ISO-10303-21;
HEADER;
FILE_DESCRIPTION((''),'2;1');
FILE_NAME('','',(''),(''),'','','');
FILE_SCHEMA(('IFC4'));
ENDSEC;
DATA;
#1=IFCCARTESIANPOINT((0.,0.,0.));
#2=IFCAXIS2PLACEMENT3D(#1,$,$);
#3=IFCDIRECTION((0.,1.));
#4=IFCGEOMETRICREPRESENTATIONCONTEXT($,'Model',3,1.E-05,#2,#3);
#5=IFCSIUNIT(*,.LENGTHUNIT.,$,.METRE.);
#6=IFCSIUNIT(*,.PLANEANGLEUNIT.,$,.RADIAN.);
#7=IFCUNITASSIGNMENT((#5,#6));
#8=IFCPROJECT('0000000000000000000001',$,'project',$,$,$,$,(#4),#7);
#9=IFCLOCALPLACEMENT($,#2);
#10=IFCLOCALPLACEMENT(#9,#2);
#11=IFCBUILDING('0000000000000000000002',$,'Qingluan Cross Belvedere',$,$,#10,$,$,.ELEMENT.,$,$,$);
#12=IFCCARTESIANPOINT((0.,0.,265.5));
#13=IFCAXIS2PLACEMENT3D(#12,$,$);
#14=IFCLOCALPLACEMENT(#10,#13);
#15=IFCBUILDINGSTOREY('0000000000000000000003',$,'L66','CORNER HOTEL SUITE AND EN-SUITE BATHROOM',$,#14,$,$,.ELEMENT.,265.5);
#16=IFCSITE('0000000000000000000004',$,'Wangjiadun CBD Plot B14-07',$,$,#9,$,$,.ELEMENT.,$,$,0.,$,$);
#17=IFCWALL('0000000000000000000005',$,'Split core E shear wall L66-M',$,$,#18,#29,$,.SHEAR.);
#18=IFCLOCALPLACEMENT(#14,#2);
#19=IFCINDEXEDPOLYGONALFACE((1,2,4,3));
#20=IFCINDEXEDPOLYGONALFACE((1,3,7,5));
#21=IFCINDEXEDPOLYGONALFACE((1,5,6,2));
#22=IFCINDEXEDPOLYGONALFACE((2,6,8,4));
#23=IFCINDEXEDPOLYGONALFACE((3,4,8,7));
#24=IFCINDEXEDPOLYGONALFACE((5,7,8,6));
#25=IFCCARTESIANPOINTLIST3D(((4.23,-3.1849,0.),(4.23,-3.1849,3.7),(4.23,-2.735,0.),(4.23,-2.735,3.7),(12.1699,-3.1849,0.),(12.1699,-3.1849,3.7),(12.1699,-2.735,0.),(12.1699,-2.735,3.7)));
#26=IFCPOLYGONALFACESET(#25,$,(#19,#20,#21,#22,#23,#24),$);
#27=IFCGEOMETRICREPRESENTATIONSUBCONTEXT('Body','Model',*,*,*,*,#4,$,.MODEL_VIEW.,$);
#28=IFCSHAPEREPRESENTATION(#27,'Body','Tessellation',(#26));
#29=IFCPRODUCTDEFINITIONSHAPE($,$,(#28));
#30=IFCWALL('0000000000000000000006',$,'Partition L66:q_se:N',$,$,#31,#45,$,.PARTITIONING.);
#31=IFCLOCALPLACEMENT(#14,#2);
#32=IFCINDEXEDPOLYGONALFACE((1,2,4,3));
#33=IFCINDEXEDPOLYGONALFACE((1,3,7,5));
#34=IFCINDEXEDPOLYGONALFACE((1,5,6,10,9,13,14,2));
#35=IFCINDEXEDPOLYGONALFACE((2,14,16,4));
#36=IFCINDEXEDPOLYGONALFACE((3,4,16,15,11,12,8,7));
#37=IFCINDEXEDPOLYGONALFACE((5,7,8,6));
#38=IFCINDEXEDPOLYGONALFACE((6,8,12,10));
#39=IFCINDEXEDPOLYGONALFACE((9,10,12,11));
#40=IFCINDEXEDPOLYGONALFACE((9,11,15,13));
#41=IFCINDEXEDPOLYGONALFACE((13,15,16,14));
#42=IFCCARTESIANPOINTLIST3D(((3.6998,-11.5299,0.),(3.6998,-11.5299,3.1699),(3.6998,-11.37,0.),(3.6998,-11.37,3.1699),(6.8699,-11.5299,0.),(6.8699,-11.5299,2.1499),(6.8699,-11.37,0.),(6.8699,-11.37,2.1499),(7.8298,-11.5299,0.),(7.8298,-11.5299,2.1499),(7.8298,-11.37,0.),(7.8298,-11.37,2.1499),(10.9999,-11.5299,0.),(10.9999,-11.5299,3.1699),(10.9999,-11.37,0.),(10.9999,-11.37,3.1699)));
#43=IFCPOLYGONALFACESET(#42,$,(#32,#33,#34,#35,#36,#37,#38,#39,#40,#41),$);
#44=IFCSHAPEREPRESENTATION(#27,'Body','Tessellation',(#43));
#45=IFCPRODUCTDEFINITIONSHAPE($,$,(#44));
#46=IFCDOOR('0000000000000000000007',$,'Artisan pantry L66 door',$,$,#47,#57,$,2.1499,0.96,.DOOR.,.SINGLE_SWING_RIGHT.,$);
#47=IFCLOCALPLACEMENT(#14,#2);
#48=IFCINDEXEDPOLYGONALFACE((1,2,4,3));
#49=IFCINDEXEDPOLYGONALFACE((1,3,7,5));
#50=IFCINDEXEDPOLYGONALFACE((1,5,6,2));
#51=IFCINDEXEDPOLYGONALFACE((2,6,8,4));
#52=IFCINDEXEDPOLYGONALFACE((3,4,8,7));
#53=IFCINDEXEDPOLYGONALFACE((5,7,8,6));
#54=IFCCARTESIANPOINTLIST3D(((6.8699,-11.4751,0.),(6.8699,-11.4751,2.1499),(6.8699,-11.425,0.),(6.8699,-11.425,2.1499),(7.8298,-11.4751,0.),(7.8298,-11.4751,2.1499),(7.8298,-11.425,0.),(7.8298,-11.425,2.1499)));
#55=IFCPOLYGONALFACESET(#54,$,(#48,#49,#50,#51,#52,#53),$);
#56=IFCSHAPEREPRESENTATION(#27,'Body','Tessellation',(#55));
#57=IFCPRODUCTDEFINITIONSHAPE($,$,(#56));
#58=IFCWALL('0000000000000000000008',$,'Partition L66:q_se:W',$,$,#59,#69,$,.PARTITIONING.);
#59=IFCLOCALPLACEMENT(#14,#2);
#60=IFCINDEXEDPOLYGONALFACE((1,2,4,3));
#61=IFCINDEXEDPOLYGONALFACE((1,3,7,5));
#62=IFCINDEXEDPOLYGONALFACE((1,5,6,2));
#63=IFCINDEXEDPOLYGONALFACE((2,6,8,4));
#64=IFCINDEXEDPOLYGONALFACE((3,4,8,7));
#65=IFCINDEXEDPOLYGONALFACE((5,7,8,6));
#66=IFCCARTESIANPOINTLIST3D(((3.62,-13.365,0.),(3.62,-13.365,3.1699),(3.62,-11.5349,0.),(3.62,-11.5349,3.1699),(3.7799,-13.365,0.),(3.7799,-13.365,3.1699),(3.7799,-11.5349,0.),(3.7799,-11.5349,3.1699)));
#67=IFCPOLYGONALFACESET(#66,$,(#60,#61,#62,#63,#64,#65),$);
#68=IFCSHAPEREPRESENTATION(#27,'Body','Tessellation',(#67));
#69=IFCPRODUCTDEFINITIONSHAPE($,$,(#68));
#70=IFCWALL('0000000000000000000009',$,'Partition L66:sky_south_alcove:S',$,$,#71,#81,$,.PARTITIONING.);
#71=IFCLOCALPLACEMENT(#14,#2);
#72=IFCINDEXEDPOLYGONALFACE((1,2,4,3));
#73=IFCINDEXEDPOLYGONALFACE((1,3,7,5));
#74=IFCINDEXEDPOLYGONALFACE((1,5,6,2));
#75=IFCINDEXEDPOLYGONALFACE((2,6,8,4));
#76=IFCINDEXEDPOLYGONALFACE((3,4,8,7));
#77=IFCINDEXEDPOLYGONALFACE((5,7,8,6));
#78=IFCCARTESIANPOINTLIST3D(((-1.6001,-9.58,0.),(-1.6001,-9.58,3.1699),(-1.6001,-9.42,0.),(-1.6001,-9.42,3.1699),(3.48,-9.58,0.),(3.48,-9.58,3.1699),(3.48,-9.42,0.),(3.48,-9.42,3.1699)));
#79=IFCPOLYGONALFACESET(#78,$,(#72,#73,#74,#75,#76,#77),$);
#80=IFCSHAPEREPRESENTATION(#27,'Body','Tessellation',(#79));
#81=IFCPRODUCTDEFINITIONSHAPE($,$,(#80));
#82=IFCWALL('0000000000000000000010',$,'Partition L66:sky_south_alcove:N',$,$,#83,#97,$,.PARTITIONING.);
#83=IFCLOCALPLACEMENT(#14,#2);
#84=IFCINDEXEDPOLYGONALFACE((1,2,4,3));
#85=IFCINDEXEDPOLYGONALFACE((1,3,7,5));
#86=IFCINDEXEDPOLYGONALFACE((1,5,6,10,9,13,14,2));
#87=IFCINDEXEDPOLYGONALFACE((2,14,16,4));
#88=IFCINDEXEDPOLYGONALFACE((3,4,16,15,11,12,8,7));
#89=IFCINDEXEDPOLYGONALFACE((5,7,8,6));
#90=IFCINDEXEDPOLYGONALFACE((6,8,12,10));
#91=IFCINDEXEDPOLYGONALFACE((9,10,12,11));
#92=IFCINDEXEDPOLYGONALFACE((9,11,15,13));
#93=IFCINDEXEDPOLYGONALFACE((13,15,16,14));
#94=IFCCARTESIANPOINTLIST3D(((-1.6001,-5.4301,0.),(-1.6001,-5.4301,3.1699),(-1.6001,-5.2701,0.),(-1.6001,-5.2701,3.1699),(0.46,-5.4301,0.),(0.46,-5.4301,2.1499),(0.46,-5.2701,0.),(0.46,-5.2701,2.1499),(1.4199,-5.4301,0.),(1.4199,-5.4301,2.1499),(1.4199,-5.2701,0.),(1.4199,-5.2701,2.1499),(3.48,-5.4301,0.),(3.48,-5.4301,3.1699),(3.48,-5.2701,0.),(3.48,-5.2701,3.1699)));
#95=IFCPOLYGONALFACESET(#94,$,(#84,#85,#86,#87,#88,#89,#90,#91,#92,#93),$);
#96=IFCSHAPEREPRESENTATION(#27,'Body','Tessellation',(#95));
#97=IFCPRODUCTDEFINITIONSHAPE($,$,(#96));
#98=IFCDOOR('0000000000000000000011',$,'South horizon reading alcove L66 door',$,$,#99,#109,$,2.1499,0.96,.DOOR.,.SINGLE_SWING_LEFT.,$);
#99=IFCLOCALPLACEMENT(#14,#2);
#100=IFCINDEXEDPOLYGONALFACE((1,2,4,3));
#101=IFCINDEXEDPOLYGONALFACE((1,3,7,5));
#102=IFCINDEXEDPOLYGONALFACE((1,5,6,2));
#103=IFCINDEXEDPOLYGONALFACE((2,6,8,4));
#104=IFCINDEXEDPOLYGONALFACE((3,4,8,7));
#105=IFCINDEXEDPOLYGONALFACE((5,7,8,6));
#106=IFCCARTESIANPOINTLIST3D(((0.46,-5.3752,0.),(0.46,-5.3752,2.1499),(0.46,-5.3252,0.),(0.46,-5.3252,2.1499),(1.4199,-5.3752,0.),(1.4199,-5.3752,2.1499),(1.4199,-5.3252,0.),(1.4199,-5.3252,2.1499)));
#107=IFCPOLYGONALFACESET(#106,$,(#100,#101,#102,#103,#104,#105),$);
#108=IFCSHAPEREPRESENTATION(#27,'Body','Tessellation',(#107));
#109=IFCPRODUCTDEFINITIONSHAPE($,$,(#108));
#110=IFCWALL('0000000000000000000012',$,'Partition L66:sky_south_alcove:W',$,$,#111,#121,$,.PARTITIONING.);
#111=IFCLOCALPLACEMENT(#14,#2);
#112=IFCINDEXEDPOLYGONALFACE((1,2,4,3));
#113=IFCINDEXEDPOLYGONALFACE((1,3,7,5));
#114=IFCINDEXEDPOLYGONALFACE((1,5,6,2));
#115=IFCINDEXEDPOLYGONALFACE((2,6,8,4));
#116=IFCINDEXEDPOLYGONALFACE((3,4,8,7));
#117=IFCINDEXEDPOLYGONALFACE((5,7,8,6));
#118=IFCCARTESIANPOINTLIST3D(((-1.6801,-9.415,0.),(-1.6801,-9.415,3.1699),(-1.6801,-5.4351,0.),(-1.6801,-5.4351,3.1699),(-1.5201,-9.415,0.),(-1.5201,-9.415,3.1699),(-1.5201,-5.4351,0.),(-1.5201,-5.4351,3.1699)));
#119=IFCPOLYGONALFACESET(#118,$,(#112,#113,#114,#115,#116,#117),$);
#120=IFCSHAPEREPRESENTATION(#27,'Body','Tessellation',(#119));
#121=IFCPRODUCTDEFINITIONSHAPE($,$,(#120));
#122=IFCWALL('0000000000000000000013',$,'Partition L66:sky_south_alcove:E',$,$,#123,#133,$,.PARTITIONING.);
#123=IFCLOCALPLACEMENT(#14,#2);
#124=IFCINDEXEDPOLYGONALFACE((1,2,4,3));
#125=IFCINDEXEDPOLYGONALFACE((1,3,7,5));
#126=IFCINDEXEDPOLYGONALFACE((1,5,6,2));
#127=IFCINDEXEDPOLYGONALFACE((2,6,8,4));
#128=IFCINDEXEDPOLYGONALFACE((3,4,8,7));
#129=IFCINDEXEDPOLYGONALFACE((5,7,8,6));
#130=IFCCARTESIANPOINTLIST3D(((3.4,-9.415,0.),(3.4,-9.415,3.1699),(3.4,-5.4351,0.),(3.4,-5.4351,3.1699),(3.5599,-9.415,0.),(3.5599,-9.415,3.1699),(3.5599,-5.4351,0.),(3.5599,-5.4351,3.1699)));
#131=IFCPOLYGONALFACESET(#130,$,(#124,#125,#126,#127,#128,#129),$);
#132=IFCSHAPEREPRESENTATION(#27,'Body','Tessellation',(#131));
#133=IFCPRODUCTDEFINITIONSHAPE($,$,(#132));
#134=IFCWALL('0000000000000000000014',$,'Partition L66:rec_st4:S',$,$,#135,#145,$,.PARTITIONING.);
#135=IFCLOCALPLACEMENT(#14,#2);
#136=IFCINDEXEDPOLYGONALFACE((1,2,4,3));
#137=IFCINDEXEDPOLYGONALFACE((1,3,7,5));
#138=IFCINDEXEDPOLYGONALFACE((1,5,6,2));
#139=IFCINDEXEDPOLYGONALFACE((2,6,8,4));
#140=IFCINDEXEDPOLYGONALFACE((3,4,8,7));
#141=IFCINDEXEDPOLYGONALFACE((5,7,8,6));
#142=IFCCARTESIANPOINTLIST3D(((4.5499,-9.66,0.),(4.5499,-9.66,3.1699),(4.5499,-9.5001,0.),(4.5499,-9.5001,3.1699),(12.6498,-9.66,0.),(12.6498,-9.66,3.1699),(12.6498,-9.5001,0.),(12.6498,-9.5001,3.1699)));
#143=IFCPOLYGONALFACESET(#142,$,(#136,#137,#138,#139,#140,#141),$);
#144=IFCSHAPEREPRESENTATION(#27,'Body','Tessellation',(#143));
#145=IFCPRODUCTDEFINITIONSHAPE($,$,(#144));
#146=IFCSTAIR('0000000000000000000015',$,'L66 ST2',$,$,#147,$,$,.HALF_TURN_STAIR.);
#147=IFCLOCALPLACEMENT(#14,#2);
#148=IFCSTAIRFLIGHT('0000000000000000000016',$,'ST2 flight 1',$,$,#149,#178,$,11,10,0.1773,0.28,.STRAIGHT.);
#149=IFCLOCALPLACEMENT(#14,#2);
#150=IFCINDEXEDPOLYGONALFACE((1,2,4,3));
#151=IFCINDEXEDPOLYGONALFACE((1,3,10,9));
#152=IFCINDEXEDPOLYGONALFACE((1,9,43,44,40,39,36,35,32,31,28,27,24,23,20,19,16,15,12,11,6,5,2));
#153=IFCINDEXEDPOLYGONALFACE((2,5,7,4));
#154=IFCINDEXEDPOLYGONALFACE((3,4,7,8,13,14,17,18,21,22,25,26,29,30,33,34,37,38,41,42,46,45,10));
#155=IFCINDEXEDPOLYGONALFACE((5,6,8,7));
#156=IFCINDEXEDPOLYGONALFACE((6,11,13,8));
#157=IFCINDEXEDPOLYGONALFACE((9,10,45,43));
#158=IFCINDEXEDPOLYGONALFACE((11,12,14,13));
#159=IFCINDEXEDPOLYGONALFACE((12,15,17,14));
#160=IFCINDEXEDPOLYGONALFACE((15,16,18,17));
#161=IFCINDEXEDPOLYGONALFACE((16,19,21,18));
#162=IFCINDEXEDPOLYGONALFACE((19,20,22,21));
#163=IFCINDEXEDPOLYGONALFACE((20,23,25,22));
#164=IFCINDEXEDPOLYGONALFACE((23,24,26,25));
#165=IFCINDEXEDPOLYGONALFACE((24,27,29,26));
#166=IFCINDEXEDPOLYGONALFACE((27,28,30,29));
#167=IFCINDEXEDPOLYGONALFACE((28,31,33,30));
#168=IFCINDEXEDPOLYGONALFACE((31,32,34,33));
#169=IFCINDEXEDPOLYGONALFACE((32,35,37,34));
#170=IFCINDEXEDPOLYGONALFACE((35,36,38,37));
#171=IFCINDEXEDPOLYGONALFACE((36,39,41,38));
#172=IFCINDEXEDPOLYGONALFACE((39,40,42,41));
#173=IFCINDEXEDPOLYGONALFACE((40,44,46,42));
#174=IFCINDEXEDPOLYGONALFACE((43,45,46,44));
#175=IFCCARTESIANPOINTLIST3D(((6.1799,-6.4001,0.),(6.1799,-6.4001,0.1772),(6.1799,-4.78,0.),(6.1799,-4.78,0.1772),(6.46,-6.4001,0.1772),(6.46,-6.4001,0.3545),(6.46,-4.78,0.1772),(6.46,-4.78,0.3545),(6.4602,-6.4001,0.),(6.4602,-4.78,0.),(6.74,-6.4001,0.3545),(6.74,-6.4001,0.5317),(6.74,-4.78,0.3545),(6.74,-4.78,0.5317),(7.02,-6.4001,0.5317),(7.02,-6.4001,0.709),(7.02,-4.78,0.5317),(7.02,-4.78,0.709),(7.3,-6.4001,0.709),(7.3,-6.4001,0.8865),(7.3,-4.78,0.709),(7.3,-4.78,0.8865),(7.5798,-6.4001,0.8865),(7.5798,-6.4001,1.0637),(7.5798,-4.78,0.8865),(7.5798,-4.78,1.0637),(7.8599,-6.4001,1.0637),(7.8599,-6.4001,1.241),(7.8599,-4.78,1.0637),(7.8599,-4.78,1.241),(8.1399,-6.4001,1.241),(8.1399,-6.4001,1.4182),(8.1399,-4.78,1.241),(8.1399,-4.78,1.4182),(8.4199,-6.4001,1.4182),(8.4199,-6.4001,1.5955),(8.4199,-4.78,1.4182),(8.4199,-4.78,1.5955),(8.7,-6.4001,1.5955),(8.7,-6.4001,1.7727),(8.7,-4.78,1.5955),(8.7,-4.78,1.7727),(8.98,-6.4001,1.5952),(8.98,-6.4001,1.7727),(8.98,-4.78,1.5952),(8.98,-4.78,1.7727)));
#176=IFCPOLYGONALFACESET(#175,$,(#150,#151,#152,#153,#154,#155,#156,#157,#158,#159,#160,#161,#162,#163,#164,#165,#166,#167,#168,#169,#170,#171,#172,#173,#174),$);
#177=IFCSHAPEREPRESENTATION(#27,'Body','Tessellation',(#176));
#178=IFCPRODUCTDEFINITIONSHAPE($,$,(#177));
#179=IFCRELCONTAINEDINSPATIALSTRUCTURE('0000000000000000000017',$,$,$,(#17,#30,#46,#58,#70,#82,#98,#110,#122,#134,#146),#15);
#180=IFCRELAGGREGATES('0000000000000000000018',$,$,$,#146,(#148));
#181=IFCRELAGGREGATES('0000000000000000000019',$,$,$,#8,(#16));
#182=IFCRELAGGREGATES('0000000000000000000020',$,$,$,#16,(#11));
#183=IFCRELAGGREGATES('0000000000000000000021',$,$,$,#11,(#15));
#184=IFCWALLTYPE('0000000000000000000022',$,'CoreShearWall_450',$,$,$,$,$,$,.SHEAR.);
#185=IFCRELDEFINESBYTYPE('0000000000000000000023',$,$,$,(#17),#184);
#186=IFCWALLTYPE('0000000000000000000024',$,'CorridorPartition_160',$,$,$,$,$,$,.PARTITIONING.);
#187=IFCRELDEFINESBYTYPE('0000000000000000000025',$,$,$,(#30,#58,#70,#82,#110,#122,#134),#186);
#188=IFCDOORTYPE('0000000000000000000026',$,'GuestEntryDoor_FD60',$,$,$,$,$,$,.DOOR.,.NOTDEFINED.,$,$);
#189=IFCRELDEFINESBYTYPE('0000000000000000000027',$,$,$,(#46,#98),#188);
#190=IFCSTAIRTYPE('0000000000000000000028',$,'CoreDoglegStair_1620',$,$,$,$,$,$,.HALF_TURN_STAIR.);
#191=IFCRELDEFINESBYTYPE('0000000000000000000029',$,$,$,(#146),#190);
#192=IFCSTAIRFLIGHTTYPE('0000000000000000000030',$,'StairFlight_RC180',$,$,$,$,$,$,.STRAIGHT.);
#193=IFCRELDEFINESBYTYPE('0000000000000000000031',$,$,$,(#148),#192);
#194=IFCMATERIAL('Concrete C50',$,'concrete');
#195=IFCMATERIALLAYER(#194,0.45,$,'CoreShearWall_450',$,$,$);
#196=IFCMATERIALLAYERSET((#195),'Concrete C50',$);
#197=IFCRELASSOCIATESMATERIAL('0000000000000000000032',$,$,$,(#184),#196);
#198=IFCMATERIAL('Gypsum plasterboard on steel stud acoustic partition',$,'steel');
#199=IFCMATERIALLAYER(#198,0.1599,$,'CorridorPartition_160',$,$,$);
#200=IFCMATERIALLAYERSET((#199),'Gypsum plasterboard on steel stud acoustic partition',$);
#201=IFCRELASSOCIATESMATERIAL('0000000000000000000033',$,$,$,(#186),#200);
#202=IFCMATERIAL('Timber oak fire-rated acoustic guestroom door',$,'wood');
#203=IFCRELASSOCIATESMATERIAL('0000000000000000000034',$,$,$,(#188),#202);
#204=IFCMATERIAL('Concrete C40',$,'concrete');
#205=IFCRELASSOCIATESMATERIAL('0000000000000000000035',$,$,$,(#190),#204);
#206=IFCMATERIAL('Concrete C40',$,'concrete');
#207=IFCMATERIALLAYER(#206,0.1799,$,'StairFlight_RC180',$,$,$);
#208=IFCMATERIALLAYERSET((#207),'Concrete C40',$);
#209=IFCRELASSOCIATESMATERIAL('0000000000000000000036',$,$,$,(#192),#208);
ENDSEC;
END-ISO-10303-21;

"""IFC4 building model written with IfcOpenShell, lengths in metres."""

from ifc_helpers import new_model, si_unit, direction, frame, frame_2d, origin, place, context, subcontext, project, spatial, polyline, rectangle, outline, extrude, material, layer, layer_set, type_object, element, fill, aggregate, save


model = new_model("IFC4")

# Units and contexts
model_context = context("Model", 3, precision=1e-05, world=origin(), true_north=direction((0.0, 1.0)))
body_context = subcontext(model_context, "Body", "Model", "MODEL_VIEW")
ifc_project = project(units=[si_unit("LENGTHUNIT", "METRE"), si_unit("PLANEANGLEUNIT", "RADIAN")], contexts=[model_context])

# Site, building, storey
site_placement = place(None, origin())
site = spatial("IfcSite", under=ifc_project, at=site_placement, Name="Wangjiadun CBD Plot B14-07", CompositionType="ELEMENT", RefElevation=0.0)
building_placement = place(site_placement, origin())
building = spatial("IfcBuilding", under=site, at=building_placement, Name="Qingluan Cross Belvedere", CompositionType="ELEMENT")
storey_placement = place(building_placement, frame((0.0, 0.0, 265.5)))
storey = spatial("IfcBuildingStorey", under=building, at=storey_placement, Name="L66", Description="CORNER HOTEL SUITE AND EN-SUITE BATHROOM", CompositionType="ELEMENT", Elevation=265.5)

# Shared definitions
ifc_material_1 = material(Name="Concrete C50", Category="concrete")
ifc_layer_1 = layer(ifc_material_1, 0.45, Name="CoreShearWall_450")
ifc_layer_set_1 = layer_set([ifc_layer_1], Name="Concrete C50")
wall_type_1 = type_object("IfcWallType", Name="CoreShearWall_450", PredefinedType="SHEAR", material=ifc_layer_set_1)

# Wall
wall_1_placement = place(storey_placement, frame((4.23, -2.96, 0.0), z_axis=(0.0, 0.0, 1.0), x_axis=(1.0, 0.0, 0.0)))
element("IfcWall", 1, at=wall_1_placement, inside=storey, type_object=wall_type_1, Name="Split core E shear wall L66-M", PredefinedType="SHEAR", context=body_context, shape_type="SweptSolid", body=[
    extrude(rectangle(XDim=7.9399, YDim=0.45, at=frame_2d((3.97, 0.0))), origin(), (0.0, 0.0, 1.0), 3.7),
])

# Wall, opening, door
ifc_material_2 = material(Name="Gypsum plasterboard on steel stud acoustic partition", Category="steel")
ifc_layer_2 = layer(ifc_material_2, 0.1599, Name="CorridorPartition_160")
ifc_layer_set_2 = layer_set([ifc_layer_2], Name="Gypsum plasterboard on steel stud acoustic partition")
wall_type_2 = type_object("IfcWallType", Name="CorridorPartition_160", PredefinedType="PARTITIONING", material=ifc_layer_set_2)
wall_2_placement = place(storey_placement, frame((3.7, -11.45, 0.0), z_axis=(0.0, 0.0, 1.0), x_axis=(1.0, 0.0, 0.0)))
wall_2 = element("IfcWall", 2, at=wall_2_placement, inside=storey, type_object=wall_type_2, Name="Partition L66:q_se:N", PredefinedType="PARTITIONING", context=body_context, shape_type="SweptSolid", body=[
    extrude(rectangle(XDim=7.3, YDim=0.1599, at=frame_2d((3.6499, 0.0))), origin(), (0.0, 0.0, 1.0), 3.1699),
])
opening_1_placement = place(wall_2_placement, frame((3.1699, 0.0, 0.0)))
opening_1 = element("IfcOpeningElement", 3, at=opening_1_placement, cuts=wall_2, PredefinedType="OPENING", context=body_context, shape_type="SweptSolid", body=[
    extrude(rectangle(XDim=0.96, YDim=2.1499, at=frame_2d((0.48, 1.075))), frame((0.0, 0.0898, 0.0), z_axis=(0.0, -1.0, 0.0), x_axis=(1.0, 0.0, 0.0)), (0.0, 0.0, 1.0), 0.1799),
])
ifc_material_3 = material(Name="Timber oak fire-rated acoustic guestroom door", Category="wood")
door_type_1 = type_object("IfcDoorType", Name="GuestEntryDoor_FD60", OperationType="NOTDEFINED", PredefinedType="DOOR", material=ifc_material_3)
door_1_placement = place(opening_1_placement, origin())
door_1 = element("IfcDoor", 4, at=door_1_placement, inside=storey, type_object=door_type_1, Name="Artisan pantry L66 door", OperationType="SINGLE_SWING_RIGHT", OverallHeight=2.1499, OverallWidth=0.96, PredefinedType="DOOR", context=body_context, shape_type="SweptSolid", body=[
    extrude(rectangle(XDim=0.96, YDim=2.1499, at=frame_2d((0.48, 1.075))), frame((0.0, 0.0249, 0.0), z_axis=(0.0, -1.0, 0.0), x_axis=(1.0, 0.0, 0.0)), (0.0, 0.0, 1.0), 0.05),
])
fill(opening_1, door_1)

# Walls
wall_3_placement = place(storey_placement, frame((3.7, -13.365, 0.0), z_axis=(0.0, 0.0, 1.0), x_axis=(0.0, 1.0, 0.0)))
element("IfcWall", 5, at=wall_3_placement, inside=storey, type_object=wall_type_2, Name="Partition L66:q_se:W", PredefinedType="PARTITIONING", context=body_context, shape_type="SweptSolid", body=[
    extrude(rectangle(XDim=1.8301, YDim=0.1599, at=frame_2d((0.915, 0.0))), origin(), (0.0, 0.0, 1.0), 3.1699),
])
wall_4_placement = place(storey_placement, frame((-1.6001, -9.5, 0.0), z_axis=(0.0, 0.0, 1.0), x_axis=(1.0, 0.0, 0.0)))
element("IfcWall", 6, at=wall_4_placement, inside=storey, type_object=wall_type_2, Name="Partition L66:sky_south_alcove:S", PredefinedType="PARTITIONING", context=body_context, shape_type="SweptSolid", body=[
    extrude(rectangle(XDim=5.0801, YDim=0.1599, at=frame_2d((2.54, 0.0))), origin(), (0.0, 0.0, 1.0), 3.1699),
])

# Wall, opening, door
wall_5_placement = place(storey_placement, frame((-1.6001, -5.3501, 0.0), z_axis=(0.0, 0.0, 1.0), x_axis=(1.0, 0.0, 0.0)))
wall_5 = element("IfcWall", 7, at=wall_5_placement, inside=storey, type_object=wall_type_2, Name="Partition L66:sky_south_alcove:N", PredefinedType="PARTITIONING", context=body_context, shape_type="SweptSolid", body=[
    extrude(rectangle(XDim=5.0801, YDim=0.1599, at=frame_2d((2.54, 0.0))), origin(), (0.0, 0.0, 1.0), 3.1699),
])
opening_2_placement = place(wall_5_placement, frame((2.0601, 0.0, 0.0)))
opening_2 = element("IfcOpeningElement", 8, at=opening_2_placement, cuts=wall_5, PredefinedType="OPENING", context=body_context, shape_type="SweptSolid", body=[
    extrude(rectangle(XDim=0.96, YDim=2.1499, at=frame_2d((0.48, 1.075))), frame((0.0, 0.0898, 0.0), z_axis=(0.0, -1.0, 0.0), x_axis=(1.0, 0.0, 0.0)), (0.0, 0.0, 1.0), 0.1799),
])
door_2_placement = place(opening_2_placement, origin())
door_2 = element("IfcDoor", 9, at=door_2_placement, inside=storey, type_object=door_type_1, Name="South horizon reading alcove L66 door", OperationType="SINGLE_SWING_LEFT", OverallHeight=2.1499, OverallWidth=0.96, PredefinedType="DOOR", context=body_context, shape_type="SweptSolid", body=[
    extrude(rectangle(XDim=0.96, YDim=2.1499, at=frame_2d((0.48, 1.075))), frame((0.0, 0.0249, 0.0), z_axis=(0.0, -1.0, 0.0), x_axis=(1.0, 0.0, 0.0)), (0.0, 0.0, 1.0), 0.05),
])
fill(opening_2, door_2)

# Walls
for number, where, z_axis, x_axis, name in (
    (10, (-1.6001, -9.415, 0.0), (0.0, 0.0, 1.0), (0.0, 1.0, 0.0), "Partition L66:sky_south_alcove:W"),
    (11, (3.48, -9.415, 0.0), (0.0, 0.0, 1.0), (0.0, 1.0, 0.0), "Partition L66:sky_south_alcove:E"),
):
    element("IfcWall", number, at=place(storey_placement, frame(where, z_axis=z_axis, x_axis=x_axis)), inside=storey, type_object=wall_type_2, Name=name, PredefinedType="PARTITIONING", context=body_context, shape_type="SweptSolid", body=[
        extrude(rectangle(XDim=3.98, YDim=0.1599, at=frame_2d((1.99, 0.0))), origin(), (0.0, 0.0, 1.0), 3.1699),
    ])
wall_6_placement = place(storey_placement, frame((4.55, -9.5801, 0.0), z_axis=(0.0, 0.0, 1.0), x_axis=(1.0, 0.0, 0.0)))
element("IfcWall", 12, at=wall_6_placement, inside=storey, type_object=wall_type_2, Name="Partition L66:rec_st4:S", PredefinedType="PARTITIONING", context=body_context, shape_type="SweptSolid", body=[
    extrude(rectangle(XDim=8.0999, YDim=0.1599, at=frame_2d((4.0498, 0.0))), origin(), (0.0, 0.0, 1.0), 3.1699),
])

# Stair, stair flight
ifc_material_4 = material(Name="Concrete C40", Category="concrete")
stair_type = type_object("IfcStairType", Name="CoreDoglegStair_1620", PredefinedType="HALF_TURN_STAIR", material=ifc_material_4)
stair_placement = place(storey_placement, origin())
stair = element("IfcStair", 13, at=stair_placement, inside=storey, type_object=stair_type, Name="L66 ST2", PredefinedType="HALF_TURN_STAIR")
ifc_material_5 = material(Name="Concrete C40", Category="concrete")
ifc_layer_3 = layer(ifc_material_5, 0.1799, Name="StairFlight_RC180")
ifc_layer_set_3 = layer_set([ifc_layer_3], Name="Concrete C40")
stair_flight_type = type_object("IfcStairFlightType", Name="StairFlight_RC180", PredefinedType="STRAIGHT", material=ifc_layer_set_3)
stair_flight_placement = place(storey_placement, frame((6.1799, -5.5901, 0.0), z_axis=(0.0, 0.0, 1.0), x_axis=(1.0, 0.0, 0.0)))
stair_flight = element("IfcStairFlight", 14, at=stair_flight_placement, type_object=stair_flight_type, Name="ST2 flight 1", NumberOfRisers=11, NumberOfTreads=10, PredefinedType="STRAIGHT", RiserHeight=0.1773, TreadLength=0.28, context=body_context, shape_type="SweptSolid", body=[
    extrude(outline(polyline([(0.0, 0.0), (0.0, 0.1772), (0.28, 0.1772), (0.28, 0.3545), (0.5601, 0.3545), (0.5601, 0.5317), (0.8401, 0.5317), (0.8401, 0.709), (1.1201, 0.709), (1.1201, 0.8865), (1.3999, 0.8865), (1.3999, 1.0637), (1.6799, 1.0637), (1.6799, 1.241), (1.96, 1.241), (1.96, 1.4182), (2.24, 1.4182), (2.24, 1.5955), (2.52, 1.5955), (2.52, 1.7727), (2.8, 1.7727), (2.8, 1.95), (2.8, 1.5952), (0.2803, 0.0), (0.0, 0.0)])), frame((0.0, 0.8101, 0.0), z_axis=(0.0, -1.0, 0.0), x_axis=(1.0, 0.0, 0.0)), (0.0, 0.0, 1.0), 1.6201),
])
aggregate(stair, [stair_flight])

save(model, "model.ifc")
